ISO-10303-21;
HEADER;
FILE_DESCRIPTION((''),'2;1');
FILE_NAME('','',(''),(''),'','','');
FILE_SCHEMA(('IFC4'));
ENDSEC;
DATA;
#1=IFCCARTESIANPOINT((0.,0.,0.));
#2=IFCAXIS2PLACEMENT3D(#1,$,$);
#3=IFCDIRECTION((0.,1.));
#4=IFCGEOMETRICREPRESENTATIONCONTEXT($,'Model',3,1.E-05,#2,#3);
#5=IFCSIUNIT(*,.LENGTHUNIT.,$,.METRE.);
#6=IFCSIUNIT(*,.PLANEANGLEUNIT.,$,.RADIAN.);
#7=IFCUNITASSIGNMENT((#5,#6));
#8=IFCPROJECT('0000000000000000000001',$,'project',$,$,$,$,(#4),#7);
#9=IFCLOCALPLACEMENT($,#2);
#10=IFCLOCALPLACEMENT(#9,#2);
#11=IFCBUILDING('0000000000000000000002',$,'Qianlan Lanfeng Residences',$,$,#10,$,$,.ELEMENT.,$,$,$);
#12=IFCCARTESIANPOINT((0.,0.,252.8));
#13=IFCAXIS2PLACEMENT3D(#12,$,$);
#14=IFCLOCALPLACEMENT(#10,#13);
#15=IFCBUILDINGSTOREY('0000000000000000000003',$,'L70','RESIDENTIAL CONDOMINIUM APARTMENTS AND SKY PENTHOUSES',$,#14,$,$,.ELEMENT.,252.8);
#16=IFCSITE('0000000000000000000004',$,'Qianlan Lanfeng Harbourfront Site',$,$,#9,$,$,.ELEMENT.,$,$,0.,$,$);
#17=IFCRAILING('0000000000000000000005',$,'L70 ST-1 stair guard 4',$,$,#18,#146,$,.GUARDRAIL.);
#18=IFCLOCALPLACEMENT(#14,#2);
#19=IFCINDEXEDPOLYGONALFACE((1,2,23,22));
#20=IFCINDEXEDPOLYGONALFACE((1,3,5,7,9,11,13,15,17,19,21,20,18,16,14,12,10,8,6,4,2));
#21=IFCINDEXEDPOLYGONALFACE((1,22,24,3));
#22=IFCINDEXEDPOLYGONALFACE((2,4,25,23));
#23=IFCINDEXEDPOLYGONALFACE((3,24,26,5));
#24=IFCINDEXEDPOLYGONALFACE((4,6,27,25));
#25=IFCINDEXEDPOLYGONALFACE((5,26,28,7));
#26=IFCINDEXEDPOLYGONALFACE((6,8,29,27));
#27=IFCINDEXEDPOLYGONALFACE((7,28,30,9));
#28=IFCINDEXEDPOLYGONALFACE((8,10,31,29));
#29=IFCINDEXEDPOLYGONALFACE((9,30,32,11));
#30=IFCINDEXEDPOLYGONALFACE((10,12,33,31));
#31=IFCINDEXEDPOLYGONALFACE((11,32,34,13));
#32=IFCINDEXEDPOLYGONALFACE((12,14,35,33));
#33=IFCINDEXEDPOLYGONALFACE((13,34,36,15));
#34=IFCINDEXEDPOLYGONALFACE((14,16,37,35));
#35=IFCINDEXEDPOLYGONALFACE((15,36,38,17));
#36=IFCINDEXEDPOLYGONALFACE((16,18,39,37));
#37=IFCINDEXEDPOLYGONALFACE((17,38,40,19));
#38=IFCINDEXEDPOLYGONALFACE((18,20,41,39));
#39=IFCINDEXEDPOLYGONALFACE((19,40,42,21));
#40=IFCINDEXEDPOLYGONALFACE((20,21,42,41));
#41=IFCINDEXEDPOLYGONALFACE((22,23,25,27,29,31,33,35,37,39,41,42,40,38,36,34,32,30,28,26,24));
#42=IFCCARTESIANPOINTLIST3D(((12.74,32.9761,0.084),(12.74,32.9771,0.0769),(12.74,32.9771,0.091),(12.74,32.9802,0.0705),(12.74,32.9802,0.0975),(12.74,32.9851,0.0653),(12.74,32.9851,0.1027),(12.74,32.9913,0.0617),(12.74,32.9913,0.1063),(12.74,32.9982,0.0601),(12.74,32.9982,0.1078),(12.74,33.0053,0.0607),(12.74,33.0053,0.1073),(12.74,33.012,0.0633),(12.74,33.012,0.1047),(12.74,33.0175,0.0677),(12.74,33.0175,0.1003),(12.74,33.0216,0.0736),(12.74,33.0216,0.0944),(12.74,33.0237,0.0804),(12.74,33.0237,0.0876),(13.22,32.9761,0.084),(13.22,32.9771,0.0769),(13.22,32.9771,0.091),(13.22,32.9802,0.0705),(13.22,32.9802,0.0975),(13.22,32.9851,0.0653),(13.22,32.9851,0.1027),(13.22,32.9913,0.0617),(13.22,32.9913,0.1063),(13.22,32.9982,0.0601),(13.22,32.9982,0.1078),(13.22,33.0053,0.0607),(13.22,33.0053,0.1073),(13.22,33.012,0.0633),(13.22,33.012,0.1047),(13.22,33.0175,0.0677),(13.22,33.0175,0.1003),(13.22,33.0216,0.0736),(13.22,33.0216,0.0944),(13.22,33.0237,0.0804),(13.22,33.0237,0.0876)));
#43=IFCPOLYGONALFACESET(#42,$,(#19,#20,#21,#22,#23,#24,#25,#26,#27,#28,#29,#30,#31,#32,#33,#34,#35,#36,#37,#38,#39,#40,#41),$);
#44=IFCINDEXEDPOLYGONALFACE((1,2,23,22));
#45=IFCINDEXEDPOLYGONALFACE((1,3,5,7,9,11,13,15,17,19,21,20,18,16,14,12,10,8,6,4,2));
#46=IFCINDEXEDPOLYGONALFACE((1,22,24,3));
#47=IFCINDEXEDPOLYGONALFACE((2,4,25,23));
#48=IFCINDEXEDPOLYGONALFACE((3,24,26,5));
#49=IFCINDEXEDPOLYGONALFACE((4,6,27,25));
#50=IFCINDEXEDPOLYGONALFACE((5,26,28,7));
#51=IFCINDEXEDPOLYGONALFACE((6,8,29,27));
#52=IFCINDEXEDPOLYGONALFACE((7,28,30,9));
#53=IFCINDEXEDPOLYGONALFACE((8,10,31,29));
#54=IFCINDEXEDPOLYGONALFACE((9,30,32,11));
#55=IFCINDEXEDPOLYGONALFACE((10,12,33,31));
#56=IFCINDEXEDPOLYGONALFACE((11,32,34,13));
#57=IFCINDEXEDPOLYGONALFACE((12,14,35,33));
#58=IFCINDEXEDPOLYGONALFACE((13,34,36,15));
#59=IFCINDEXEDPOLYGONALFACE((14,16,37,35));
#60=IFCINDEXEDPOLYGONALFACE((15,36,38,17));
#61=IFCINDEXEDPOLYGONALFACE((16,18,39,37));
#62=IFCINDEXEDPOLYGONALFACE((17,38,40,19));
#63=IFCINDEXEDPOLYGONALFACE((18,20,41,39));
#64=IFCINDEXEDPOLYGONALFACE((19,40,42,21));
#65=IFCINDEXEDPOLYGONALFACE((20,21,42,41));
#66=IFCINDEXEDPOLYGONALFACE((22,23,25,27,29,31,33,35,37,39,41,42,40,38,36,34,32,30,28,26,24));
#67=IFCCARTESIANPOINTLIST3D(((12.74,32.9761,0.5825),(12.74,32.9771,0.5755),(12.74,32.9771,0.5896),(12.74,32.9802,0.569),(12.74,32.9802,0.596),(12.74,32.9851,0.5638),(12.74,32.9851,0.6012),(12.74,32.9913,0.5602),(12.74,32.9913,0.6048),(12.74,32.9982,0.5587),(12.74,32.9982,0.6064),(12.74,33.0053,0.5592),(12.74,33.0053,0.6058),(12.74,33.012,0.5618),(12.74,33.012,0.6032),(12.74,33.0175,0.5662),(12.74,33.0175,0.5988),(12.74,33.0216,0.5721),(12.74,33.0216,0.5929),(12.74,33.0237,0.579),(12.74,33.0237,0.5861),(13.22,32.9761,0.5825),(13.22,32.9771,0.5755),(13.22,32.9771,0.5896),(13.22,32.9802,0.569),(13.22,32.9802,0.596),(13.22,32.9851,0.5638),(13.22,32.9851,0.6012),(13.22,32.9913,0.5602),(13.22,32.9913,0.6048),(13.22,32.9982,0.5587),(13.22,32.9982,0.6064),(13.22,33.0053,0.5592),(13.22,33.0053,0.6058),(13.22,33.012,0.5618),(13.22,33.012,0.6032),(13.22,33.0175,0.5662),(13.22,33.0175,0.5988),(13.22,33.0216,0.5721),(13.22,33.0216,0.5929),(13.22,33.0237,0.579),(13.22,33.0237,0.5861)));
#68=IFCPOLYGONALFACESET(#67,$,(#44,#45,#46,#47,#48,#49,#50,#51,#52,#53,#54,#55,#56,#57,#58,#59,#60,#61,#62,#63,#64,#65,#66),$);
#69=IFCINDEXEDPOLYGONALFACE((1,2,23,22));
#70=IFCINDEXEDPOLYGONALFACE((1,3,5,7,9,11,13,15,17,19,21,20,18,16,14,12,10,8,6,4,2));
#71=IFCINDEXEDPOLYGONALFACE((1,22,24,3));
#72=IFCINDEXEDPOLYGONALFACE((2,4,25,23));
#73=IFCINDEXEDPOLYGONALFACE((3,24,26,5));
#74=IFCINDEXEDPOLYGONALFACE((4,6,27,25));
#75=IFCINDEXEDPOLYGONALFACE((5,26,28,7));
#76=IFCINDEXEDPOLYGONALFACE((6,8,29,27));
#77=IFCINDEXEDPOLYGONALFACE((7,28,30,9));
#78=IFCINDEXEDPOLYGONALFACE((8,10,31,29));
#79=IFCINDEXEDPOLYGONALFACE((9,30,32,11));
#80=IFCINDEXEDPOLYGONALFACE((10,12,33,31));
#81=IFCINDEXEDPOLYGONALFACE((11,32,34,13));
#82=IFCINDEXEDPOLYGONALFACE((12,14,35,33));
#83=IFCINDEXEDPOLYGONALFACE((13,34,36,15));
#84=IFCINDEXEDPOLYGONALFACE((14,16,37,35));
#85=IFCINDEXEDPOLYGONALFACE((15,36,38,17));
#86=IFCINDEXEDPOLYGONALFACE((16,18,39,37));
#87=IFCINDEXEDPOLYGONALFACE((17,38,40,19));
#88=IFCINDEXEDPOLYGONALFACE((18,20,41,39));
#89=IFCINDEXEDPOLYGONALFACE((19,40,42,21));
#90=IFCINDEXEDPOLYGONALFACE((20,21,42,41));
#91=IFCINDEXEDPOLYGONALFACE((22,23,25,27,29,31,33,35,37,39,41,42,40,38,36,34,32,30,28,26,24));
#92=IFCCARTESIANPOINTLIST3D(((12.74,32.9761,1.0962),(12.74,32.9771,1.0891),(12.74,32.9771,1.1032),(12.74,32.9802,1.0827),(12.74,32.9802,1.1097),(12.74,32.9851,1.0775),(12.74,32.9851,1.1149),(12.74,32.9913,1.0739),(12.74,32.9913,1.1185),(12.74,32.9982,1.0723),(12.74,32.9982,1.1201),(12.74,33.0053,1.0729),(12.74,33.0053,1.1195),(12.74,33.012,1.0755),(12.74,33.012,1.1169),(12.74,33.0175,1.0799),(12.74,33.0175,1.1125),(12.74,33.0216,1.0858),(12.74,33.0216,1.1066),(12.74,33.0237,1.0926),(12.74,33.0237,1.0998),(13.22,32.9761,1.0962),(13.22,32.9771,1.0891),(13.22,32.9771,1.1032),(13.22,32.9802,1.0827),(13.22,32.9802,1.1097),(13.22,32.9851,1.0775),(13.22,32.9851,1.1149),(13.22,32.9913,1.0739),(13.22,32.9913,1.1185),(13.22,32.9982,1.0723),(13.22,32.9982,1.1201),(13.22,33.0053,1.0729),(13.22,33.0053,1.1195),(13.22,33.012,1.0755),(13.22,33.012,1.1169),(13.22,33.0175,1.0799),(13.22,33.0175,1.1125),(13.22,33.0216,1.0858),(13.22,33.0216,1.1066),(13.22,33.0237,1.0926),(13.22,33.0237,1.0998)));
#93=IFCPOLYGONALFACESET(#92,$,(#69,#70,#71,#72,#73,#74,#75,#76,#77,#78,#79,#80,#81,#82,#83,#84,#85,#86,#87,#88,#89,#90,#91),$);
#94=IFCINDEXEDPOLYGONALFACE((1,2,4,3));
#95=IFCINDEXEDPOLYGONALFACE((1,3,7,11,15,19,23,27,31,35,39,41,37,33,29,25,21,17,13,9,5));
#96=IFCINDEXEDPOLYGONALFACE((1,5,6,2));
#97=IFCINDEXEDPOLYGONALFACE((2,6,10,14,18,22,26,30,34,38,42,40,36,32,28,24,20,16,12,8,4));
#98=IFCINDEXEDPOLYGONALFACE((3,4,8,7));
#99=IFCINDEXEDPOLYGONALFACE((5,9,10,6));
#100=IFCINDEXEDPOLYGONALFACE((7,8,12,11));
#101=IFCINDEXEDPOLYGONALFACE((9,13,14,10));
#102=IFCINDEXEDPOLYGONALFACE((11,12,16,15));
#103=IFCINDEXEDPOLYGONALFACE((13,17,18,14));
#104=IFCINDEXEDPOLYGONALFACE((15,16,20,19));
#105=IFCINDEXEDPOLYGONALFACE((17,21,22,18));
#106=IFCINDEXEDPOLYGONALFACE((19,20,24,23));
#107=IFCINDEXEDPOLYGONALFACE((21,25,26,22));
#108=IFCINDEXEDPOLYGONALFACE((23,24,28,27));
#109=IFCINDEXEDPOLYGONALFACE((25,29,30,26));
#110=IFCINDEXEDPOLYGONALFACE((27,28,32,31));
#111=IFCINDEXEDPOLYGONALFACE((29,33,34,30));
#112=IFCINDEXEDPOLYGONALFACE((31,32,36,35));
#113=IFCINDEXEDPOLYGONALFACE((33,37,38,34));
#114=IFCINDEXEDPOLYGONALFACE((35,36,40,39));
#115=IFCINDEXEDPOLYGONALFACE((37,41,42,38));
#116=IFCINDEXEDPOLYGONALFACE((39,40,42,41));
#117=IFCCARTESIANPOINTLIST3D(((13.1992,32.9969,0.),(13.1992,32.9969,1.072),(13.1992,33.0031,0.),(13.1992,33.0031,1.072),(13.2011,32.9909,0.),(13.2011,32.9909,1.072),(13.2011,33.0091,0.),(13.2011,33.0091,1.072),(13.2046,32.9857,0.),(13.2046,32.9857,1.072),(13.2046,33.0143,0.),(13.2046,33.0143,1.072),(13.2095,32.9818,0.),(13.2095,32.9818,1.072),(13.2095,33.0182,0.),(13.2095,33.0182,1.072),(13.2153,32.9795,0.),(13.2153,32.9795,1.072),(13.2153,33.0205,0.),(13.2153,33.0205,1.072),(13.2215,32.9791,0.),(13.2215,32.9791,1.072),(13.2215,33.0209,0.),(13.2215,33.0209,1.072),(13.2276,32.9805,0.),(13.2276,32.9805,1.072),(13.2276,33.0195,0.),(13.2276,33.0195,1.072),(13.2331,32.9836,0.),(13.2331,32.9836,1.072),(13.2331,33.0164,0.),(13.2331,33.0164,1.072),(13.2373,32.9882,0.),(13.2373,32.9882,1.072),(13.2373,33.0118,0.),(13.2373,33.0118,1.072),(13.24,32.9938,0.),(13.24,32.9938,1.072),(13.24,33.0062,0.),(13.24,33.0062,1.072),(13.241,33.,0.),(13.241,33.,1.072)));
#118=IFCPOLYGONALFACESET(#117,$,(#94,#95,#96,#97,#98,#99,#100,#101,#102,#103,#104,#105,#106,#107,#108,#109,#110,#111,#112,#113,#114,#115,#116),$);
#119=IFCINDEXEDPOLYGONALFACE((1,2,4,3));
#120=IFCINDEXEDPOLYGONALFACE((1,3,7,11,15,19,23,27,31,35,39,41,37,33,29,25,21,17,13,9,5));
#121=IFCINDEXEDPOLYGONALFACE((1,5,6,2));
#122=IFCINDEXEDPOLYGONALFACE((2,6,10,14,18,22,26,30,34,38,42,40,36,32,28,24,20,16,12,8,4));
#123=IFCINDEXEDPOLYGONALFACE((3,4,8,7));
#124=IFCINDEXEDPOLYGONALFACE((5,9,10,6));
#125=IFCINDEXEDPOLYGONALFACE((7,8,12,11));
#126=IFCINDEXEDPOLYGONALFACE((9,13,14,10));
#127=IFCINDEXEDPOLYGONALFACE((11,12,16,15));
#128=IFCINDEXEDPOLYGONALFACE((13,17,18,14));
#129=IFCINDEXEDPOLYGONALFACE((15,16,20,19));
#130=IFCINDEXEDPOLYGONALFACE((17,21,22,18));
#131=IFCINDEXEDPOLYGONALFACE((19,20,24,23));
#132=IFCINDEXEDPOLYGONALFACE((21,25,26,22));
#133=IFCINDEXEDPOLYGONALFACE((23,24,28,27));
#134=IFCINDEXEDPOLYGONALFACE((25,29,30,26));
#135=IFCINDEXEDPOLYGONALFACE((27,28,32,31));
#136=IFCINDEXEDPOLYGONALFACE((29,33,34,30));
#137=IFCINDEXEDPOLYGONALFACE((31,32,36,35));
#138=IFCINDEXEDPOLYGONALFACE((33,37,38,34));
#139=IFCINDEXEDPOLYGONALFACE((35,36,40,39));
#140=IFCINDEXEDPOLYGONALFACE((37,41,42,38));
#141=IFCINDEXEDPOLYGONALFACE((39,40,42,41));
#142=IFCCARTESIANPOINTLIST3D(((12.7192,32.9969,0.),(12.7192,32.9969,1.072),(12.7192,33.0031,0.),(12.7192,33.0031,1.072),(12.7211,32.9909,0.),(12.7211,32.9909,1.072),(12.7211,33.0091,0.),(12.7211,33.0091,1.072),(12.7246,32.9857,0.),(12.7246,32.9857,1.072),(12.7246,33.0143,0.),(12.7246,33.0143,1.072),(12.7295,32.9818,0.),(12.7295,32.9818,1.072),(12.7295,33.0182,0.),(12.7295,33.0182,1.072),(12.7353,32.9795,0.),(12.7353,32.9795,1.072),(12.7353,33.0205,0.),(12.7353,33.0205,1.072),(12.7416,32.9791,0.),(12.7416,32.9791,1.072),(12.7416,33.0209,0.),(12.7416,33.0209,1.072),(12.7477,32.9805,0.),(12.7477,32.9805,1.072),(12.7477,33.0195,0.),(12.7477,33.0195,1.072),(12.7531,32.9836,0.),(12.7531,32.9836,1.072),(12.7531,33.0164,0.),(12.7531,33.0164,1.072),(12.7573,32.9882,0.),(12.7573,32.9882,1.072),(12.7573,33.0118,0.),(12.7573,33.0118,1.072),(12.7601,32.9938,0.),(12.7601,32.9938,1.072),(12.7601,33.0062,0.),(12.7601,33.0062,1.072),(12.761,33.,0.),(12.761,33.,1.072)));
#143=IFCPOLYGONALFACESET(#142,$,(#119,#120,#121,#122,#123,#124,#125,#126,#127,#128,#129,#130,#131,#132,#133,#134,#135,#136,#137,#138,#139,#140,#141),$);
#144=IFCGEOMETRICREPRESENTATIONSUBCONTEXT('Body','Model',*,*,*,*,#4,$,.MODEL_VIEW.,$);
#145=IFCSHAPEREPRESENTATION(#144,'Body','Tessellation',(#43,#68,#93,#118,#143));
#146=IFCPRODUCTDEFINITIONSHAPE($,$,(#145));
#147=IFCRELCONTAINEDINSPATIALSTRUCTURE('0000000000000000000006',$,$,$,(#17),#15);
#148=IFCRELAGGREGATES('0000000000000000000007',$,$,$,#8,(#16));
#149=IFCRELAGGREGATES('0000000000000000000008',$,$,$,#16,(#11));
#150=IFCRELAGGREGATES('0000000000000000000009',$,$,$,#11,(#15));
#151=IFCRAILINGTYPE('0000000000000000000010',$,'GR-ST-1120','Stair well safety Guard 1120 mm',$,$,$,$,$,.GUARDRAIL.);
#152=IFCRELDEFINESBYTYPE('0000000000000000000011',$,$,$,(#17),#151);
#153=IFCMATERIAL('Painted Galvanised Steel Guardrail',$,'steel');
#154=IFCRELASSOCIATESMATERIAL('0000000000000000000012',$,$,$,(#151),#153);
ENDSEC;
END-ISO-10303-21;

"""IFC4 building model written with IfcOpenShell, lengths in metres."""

from ifc_helpers import new_model, si_unit, direction, frame, origin, origin_2d, place, context, subcontext, project, spatial, circle, extrude, material, type_object, element, save


model = new_model("IFC4")

# Units and contexts
model_context = context("Model", 3, precision=1e-05, world=origin(), true_north=direction((0.0, 1.0)))
body_context = subcontext(model_context, "Body", "Model", "MODEL_VIEW")
ifc_project = project(units=[si_unit("LENGTHUNIT", "METRE"), si_unit("PLANEANGLEUNIT", "RADIAN")], contexts=[model_context])

# Site, building, storey
site_placement = place(None, origin())
site = spatial("IfcSite", under=ifc_project, at=site_placement, Name="Qianlan Lanfeng Harbourfront Site", CompositionType="ELEMENT", RefElevation=0.0)
building_placement = place(site_placement, origin())
building = spatial("IfcBuilding", under=site, at=building_placement, Name="Qianlan Lanfeng Residences", CompositionType="ELEMENT")
storey_placement = place(building_placement, frame((0.0, 0.0, 252.8)))
storey = spatial("IfcBuildingStorey", under=building, at=storey_placement, Name="L70", Description="RESIDENTIAL CONDOMINIUM APARTMENTS AND SKY PENTHOUSES", CompositionType="ELEMENT", Elevation=252.8)

# Railing
ifc_material_1 = material(Name="Painted Galvanised Steel Guardrail", Category="steel")
railing_type_1 = type_object("IfcRailingType", Name="GR-ST-1120", Description="Stair well safety Guard 1120 mm", PredefinedType="GUARDRAIL", material=ifc_material_1)
railing_1_placement = place(storey_placement, frame((13.22, 33.0, 0.0)))
element("IfcRailing", 1, at=railing_1_placement, inside=storey, type_object=railing_type_1, Name="L70 ST-1 stair guard 4", PredefinedType="GUARDRAIL", context=body_context, shape_type="SweptSolid", body=[
    extrude(circle(Radius=0.0239, at=origin_2d()), frame((0.0, 0.0, 0.084), z_axis=(-1.0, 0.0, 0.0), x_axis=(0.0, -1.0, 0.0)), (0.0, 0.0, 1.0), 0.48),
    extrude(circle(Radius=0.0239, at=origin_2d()), frame((0.0, 0.0, 0.5825), z_axis=(-1.0, 0.0, 0.0), x_axis=(0.0, -1.0, 0.0)), (0.0, 0.0, 1.0), 0.48),
    extrude(circle(Radius=0.0239, at=origin_2d()), frame((0.0, 0.0, 1.0962), z_axis=(-1.0, 0.0, 0.0), x_axis=(0.0, -1.0, 0.0)), (0.0, 0.0, 1.0), 0.48),
    extrude(circle(Radius=0.021, at=origin_2d()), origin(), (0.0, 0.0, 1.0), 1.072),
    extrude(circle(Radius=0.021, at=origin_2d()), frame((-0.48, 0.0, 0.0)), (0.0, 0.0, 1.0), 1.072),
])

save(model, "model.ifc")
